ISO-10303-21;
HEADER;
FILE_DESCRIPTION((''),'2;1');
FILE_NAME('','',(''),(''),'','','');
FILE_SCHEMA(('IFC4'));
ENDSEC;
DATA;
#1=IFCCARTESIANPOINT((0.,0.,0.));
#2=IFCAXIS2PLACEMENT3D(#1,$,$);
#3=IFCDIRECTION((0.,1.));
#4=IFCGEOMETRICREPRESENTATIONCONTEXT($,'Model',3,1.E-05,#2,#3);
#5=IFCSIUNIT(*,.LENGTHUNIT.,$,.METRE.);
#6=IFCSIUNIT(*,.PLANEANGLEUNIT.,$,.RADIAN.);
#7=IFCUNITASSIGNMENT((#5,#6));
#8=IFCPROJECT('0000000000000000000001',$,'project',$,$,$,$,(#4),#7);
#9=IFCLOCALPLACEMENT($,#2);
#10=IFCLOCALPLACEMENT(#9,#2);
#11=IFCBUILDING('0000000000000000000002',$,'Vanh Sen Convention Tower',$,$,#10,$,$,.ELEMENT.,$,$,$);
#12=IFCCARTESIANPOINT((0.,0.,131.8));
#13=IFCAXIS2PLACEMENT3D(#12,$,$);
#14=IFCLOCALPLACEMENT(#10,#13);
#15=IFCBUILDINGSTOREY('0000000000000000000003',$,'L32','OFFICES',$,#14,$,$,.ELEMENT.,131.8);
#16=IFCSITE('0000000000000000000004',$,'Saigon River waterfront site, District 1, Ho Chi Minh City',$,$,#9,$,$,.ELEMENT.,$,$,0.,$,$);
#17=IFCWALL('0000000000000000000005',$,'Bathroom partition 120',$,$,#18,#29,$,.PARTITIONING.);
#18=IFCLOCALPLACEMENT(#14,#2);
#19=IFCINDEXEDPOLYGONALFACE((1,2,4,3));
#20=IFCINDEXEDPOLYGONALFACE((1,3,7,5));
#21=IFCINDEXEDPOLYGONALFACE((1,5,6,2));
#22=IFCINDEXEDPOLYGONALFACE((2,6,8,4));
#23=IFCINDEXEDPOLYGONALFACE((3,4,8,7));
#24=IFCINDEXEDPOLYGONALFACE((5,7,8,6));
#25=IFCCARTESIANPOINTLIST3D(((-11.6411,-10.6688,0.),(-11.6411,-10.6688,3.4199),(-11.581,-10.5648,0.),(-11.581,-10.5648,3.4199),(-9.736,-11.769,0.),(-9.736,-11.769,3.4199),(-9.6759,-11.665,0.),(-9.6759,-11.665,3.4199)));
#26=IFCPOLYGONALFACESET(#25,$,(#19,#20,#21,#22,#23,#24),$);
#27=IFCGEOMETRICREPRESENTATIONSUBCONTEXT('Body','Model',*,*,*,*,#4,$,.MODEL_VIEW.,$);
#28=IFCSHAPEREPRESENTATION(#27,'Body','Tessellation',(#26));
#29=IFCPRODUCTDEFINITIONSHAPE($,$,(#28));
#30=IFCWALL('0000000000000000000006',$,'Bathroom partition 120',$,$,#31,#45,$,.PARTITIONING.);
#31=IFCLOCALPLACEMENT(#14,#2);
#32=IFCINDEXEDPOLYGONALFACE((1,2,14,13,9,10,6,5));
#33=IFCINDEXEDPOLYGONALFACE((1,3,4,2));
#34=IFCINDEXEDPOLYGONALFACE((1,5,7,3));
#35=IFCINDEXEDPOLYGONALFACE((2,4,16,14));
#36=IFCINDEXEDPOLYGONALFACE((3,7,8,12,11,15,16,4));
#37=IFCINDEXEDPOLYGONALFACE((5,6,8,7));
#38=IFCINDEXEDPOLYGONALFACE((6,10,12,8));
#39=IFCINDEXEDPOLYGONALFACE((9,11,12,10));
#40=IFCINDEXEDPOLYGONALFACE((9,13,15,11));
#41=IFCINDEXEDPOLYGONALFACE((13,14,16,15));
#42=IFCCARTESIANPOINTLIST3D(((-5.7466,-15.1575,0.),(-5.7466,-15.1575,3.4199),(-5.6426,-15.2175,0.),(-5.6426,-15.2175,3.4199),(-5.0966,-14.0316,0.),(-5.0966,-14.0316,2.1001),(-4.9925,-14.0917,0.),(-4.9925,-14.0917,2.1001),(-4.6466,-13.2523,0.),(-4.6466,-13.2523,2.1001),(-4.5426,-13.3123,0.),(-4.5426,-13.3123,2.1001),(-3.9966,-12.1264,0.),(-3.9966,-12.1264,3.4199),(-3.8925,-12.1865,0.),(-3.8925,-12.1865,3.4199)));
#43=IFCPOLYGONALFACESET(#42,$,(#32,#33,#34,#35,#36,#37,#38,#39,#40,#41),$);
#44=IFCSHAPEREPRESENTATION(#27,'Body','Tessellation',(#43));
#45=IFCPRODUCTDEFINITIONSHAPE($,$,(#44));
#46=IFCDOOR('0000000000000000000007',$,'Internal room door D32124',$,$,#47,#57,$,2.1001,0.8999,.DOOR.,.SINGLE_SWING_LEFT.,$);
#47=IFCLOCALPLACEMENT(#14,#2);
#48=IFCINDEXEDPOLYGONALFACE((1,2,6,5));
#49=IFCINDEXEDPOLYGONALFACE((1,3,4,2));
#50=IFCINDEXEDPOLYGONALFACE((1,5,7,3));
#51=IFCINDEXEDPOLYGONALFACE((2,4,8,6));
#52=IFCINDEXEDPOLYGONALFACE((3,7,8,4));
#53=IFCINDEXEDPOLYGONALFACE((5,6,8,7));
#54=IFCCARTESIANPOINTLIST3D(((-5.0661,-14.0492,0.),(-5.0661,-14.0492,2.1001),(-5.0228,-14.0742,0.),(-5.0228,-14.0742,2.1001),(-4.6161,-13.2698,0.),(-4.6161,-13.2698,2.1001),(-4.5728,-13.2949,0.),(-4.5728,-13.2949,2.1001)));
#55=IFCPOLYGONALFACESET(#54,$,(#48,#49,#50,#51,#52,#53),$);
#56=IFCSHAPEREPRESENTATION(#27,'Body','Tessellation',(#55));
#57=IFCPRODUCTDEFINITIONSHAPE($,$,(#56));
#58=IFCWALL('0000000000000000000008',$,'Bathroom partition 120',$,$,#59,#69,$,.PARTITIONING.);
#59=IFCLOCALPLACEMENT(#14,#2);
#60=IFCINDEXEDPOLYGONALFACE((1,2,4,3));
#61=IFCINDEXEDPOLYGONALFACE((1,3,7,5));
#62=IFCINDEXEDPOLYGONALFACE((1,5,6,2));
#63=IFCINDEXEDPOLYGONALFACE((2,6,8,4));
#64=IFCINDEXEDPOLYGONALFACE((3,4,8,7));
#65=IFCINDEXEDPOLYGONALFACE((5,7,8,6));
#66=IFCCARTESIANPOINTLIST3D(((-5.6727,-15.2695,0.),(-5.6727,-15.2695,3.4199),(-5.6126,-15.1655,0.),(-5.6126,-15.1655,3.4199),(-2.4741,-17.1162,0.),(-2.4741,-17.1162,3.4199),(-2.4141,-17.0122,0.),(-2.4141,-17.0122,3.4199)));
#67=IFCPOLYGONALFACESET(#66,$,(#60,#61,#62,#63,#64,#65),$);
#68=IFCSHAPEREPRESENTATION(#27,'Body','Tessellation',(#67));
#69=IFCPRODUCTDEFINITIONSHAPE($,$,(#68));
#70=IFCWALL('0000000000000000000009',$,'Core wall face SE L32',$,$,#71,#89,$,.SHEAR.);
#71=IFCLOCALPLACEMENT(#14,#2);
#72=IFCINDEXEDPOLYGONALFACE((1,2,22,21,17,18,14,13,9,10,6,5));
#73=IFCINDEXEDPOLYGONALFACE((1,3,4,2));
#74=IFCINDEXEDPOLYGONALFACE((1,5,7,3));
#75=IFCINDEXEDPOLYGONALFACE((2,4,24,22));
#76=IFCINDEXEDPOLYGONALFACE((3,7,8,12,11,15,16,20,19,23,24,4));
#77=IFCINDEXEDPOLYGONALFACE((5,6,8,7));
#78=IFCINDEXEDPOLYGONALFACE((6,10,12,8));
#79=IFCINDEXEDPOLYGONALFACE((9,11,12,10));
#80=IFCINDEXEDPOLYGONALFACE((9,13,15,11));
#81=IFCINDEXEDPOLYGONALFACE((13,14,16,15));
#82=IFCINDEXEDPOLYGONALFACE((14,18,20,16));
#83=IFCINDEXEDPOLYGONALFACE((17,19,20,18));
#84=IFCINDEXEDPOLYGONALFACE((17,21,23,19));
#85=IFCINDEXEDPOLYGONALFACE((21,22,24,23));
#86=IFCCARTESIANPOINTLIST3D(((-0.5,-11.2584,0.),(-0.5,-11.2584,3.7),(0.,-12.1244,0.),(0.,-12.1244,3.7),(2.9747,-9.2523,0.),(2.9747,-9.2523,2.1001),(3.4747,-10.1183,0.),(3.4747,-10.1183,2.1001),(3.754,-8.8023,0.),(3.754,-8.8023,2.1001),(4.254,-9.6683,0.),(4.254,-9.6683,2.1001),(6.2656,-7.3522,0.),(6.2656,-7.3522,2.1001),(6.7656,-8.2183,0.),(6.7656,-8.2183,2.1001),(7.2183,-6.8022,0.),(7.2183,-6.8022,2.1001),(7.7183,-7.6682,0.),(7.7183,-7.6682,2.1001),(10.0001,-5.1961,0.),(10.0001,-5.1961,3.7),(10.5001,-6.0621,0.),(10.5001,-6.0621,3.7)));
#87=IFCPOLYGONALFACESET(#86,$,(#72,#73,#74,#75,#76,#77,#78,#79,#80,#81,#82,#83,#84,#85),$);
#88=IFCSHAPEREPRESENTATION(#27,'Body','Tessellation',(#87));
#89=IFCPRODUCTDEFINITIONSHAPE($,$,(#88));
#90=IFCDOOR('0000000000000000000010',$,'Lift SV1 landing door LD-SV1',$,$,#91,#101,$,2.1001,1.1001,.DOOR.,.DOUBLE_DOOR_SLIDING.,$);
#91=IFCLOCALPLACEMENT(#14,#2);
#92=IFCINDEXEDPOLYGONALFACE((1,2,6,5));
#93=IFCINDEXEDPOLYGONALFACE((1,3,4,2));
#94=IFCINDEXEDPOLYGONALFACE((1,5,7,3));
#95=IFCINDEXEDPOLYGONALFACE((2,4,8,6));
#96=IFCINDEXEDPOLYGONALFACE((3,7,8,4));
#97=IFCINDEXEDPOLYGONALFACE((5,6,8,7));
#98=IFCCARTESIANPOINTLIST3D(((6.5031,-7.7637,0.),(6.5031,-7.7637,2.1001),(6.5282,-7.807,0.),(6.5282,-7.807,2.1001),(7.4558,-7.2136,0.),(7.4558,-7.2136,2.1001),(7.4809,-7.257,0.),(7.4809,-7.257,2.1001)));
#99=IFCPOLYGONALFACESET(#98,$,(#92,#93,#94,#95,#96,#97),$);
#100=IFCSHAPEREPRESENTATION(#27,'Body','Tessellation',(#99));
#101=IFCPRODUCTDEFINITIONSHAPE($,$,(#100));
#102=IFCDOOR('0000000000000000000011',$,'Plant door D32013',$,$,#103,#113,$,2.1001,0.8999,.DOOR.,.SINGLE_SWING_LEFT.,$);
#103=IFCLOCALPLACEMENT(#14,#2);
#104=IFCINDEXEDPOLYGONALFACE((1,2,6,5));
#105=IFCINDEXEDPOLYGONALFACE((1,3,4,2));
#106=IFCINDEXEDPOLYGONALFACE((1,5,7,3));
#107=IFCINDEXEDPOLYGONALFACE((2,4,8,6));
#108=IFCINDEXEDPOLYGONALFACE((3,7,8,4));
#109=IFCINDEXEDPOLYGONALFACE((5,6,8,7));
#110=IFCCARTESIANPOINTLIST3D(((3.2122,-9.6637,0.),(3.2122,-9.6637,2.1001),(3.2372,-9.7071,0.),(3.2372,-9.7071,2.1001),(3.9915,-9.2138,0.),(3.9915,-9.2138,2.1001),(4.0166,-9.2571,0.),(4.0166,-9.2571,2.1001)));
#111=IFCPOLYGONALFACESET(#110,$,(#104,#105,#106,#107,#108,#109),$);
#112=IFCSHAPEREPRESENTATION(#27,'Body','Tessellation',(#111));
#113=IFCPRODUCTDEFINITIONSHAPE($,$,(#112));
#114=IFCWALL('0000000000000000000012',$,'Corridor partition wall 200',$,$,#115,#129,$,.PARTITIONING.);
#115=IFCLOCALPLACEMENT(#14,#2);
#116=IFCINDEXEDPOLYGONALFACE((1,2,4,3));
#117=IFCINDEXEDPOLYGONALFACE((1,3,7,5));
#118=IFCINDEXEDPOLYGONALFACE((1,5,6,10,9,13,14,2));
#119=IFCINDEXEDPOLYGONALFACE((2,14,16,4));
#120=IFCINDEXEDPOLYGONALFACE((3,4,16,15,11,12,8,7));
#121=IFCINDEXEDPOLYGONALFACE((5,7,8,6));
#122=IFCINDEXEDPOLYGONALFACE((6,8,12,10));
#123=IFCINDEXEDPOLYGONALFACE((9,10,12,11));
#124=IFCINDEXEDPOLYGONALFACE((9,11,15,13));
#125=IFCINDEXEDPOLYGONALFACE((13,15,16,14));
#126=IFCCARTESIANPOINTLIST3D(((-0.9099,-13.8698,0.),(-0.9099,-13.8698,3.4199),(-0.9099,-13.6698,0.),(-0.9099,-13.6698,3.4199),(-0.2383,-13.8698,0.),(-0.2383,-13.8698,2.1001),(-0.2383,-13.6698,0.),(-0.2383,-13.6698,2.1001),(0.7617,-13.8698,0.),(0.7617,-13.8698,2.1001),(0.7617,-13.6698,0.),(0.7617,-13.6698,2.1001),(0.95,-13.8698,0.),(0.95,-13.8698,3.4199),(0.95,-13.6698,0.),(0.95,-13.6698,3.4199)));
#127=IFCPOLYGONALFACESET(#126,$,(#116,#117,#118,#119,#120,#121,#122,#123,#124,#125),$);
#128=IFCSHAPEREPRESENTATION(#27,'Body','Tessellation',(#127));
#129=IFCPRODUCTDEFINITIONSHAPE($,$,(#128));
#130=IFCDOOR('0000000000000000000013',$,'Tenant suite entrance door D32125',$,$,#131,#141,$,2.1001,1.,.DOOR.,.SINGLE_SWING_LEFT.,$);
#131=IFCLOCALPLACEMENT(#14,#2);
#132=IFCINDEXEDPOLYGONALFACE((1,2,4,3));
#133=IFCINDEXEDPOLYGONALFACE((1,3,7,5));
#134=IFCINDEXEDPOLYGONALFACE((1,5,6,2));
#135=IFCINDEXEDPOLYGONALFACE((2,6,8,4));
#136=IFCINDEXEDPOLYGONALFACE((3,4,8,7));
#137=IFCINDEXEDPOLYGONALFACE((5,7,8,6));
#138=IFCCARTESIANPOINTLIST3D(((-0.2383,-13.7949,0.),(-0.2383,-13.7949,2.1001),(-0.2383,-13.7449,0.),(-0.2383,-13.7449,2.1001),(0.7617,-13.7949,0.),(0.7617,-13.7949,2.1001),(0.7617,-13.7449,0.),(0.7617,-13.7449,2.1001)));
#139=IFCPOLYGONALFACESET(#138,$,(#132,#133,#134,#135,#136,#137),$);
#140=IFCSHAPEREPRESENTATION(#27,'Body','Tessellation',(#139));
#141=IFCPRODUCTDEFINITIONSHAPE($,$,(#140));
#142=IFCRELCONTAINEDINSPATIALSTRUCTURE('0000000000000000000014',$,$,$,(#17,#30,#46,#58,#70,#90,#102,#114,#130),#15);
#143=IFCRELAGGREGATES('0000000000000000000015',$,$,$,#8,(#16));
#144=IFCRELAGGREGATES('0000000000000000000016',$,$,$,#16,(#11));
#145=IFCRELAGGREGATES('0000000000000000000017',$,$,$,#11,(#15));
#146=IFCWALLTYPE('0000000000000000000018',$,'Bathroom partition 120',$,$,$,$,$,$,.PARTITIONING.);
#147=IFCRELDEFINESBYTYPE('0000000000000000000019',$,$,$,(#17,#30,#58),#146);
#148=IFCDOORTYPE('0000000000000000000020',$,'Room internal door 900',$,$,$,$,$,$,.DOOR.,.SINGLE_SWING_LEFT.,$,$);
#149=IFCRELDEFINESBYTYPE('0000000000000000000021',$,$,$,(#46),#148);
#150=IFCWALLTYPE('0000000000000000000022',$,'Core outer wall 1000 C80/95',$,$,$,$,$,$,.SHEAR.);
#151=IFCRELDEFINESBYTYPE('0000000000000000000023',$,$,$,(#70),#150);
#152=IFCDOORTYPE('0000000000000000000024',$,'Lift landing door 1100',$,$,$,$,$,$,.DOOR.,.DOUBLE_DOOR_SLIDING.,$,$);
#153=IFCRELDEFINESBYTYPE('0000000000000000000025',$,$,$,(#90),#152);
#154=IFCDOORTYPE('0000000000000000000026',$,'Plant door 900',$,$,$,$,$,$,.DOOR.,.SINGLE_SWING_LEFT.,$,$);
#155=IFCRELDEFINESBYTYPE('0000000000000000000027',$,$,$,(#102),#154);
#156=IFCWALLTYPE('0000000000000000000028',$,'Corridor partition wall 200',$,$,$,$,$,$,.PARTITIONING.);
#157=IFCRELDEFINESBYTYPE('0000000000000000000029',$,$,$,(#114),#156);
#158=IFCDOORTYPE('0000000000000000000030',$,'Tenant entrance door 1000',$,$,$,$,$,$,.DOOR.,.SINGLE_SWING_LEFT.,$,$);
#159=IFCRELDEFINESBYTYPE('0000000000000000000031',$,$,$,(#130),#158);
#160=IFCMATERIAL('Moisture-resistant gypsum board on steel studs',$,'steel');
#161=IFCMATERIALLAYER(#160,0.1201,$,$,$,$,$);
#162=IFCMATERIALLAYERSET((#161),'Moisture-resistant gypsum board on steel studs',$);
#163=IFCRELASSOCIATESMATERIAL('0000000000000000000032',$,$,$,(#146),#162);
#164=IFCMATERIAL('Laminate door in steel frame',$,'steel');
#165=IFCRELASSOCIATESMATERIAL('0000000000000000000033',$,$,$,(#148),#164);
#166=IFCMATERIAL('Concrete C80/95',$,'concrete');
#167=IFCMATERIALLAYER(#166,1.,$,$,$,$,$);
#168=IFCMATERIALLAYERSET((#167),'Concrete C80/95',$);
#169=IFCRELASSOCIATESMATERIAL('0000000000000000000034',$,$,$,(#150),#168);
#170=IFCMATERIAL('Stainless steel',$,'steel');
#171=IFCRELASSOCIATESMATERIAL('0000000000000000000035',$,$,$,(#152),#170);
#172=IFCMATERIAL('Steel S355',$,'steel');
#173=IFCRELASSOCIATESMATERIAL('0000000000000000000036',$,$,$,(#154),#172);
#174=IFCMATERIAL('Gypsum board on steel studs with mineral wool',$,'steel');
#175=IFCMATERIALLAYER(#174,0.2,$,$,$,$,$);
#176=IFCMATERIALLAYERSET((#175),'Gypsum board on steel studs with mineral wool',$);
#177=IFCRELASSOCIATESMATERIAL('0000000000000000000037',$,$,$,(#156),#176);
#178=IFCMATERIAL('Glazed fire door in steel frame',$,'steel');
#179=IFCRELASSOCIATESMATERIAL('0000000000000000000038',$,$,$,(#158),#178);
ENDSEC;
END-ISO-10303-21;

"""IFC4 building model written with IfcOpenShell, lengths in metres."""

from ifc_helpers import new_model, si_unit, direction, frame, frame_2d, origin, place, context, subcontext, project, spatial, rectangle, extrude, material, layer, layer_set, type_object, element, fill, save


model = new_model("IFC4")

# Units and contexts
model_context = context("Model", 3, precision=1e-05, world=origin(), true_north=direction((0.0, 1.0)))
body_context = subcontext(model_context, "Body", "Model", "MODEL_VIEW")
ifc_project = project(units=[si_unit("LENGTHUNIT", "METRE"), si_unit("PLANEANGLEUNIT", "RADIAN")], contexts=[model_context])

# Site, building, storey
site_placement = place(None, origin())
site = spatial("IfcSite", under=ifc_project, at=site_placement, Name="Saigon River waterfront site, District 1, Ho Chi Minh City", CompositionType="ELEMENT", RefElevation=0.0)
building_placement = place(site_placement, origin())
building = spatial("IfcBuilding", under=site, at=building_placement, Name="Vanh Sen Convention Tower", CompositionType="ELEMENT")
storey_placement = place(building_placement, frame((0.0, 0.0, 131.8)))
storey = spatial("IfcBuildingStorey", under=building, at=storey_placement, Name="L32", Description="OFFICES", CompositionType="ELEMENT", Elevation=131.8)

# Shared definitions
ifc_material_1 = material(Name="Concrete C80/95", Category="concrete")

# Wall
ifc_material_2 = material(Name="Moisture-resistant gypsum board on steel studs", Category="steel")
ifc_layer_1 = layer(ifc_material_2, 0.1201)
ifc_layer_set_1 = layer_set([ifc_layer_1], Name="Moisture-resistant gypsum board on steel studs")
wall_type_1 = type_object("IfcWallType", Name="Bathroom partition 120", PredefinedType="PARTITIONING", material=ifc_layer_set_1)
wall_1_placement = place(storey_placement, frame((-9.7058, -11.717, 0.0), z_axis=(0.0, 0.0, 1.0), x_axis=(-0.86598, 0.500078, 0.0)))
element("IfcWall", 1, at=wall_1_placement, inside=storey, type_object=wall_type_1, Name="Bathroom partition 120", PredefinedType="PARTITIONING", context=body_context, shape_type="SweptSolid", body=[
    extrude(rectangle(XDim=2.2, YDim=0.1201, at=frame_2d((1.1001, 0.0))), origin(), (0.0, 0.0, 1.0), 3.4199),
])

# Wall, opening, door
wall_2_placement = place(storey_placement, frame((-5.6946, -15.1875, 0.0), z_axis=(0.0, 0.0, 1.0), x_axis=(0.50001, 0.866019, 0.0)))
wall_2 = element("IfcWall", 2, at=wall_2_placement, inside=storey, type_object=wall_type_1, Name="Bathroom partition 120", PredefinedType="PARTITIONING", context=body_context, shape_type="SweptSolid", body=[
    extrude(rectangle(XDim=3.5, YDim=0.1201, at=frame_2d((1.75, 0.0))), origin(), (0.0, 0.0, 1.0), 3.4199),
])
opening_1_placement = place(wall_2_placement, frame((1.3, 0.0, 0.0)))
opening_1 = element("IfcOpeningElement", 3, at=opening_1_placement, cuts=wall_2, PredefinedType="OPENING", context=body_context, shape_type="SweptSolid", body=[
    extrude(rectangle(XDim=0.8999, YDim=2.1001, at=frame_2d((0.45, 1.05))), frame((0.0, 0.0701, 0.0), z_axis=(0.0, -1.0, 0.0), x_axis=(1.0, 0.0, 0.0)), (0.0, 0.0, 1.0), 0.1401),
])
ifc_material_3 = material(Name="Laminate door in steel frame", Category="steel")
door_type_1 = type_object("IfcDoorType", Name="Room internal door 900", OperationType="SINGLE_SWING_LEFT", PredefinedType="DOOR", material=ifc_material_3)
door_1_placement = place(opening_1_placement, origin())
door_1 = element("IfcDoor", 4, at=door_1_placement, inside=storey, type_object=door_type_1, Name="Internal room door D32124", OperationType="SINGLE_SWING_LEFT", OverallHeight=2.1001, OverallWidth=0.8999, PredefinedType="DOOR", context=body_context, shape_type="SweptSolid", body=[
    extrude(rectangle(XDim=0.8999, YDim=2.1001, at=frame_2d((0.45, 1.05))), frame((0.0, 0.0249, 0.0), z_axis=(0.0, -1.0, 0.0), x_axis=(1.0, 0.0, 0.0)), (0.0, 0.0, 1.0), 0.05),
])
fill(opening_1, door_1)

# Wall
wall_3_placement = place(storey_placement, frame((-2.4441, -17.0642, 0.0), z_axis=(0.0, 0.0, 1.0), x_axis=(-0.866022, 0.500007, 0.0)))
element("IfcWall", 5, at=wall_3_placement, inside=storey, type_object=wall_type_1, Name="Bathroom partition 120", PredefinedType="PARTITIONING", context=body_context, shape_type="SweptSolid", body=[
    extrude(rectangle(XDim=3.6934, YDim=0.1201, at=frame_2d((1.8467, 0.0))), origin(), (0.0, 0.0, 1.0), 3.4199),
])

# Wall, openings, doors
ifc_layer_2 = layer(ifc_material_1, 1.0)
ifc_layer_set_2 = layer_set([ifc_layer_2], Name="Concrete C80/95")
wall_type_2 = type_object("IfcWallType", Name="Core outer wall 1000 C80/95", PredefinedType="SHEAR", material=ifc_layer_set_2)
wall_4_placement = place(storey_placement, frame((-0.25, -11.6914, 0.0), z_axis=(0.0, 0.0, 1.0), x_axis=(0.866023, 0.500005, 0.0)))
wall_4 = element("IfcWall", 6, at=wall_4_placement, inside=storey, type_object=wall_type_2, Name="Core wall face SE L32", PredefinedType="SHEAR", context=body_context, shape_type="SweptSolid", body=[
    extrude(rectangle(XDim=12.1245, YDim=1.0, at=frame_2d((6.0623, 0.0))), origin(), (0.0, 0.0, 1.0), 3.7),
])
opening_2_placement = place(wall_4_placement, frame((4.0122, 0.0, 0.0)))
opening_2 = element("IfcOpeningElement", 7, at=opening_2_placement, cuts=wall_4, PredefinedType="OPENING", context=body_context, shape_type="SweptSolid", body=[
    extrude(rectangle(XDim=0.8999, YDim=2.1001, at=frame_2d((0.45, 1.05))), frame((0.0, 0.51, 0.0), z_axis=(0.0, -1.0, 0.0), x_axis=(1.0, 0.0, 0.0)), (0.0, 0.0, 1.0), 1.02),
])
opening_3_placement = place(wall_4_placement, frame((7.8123, 0.0, 0.0)))
opening_3 = element("IfcOpeningElement", 8, at=opening_3_placement, cuts=wall_4, PredefinedType="OPENING", context=body_context, shape_type="SweptSolid", body=[
    extrude(rectangle(XDim=1.1001, YDim=2.1001, at=frame_2d((0.55, 1.05))), frame((0.0, 0.51, 0.0), z_axis=(0.0, -1.0, 0.0), x_axis=(1.0, 0.0, 0.0)), (0.0, 0.0, 1.0), 1.02),
])
ifc_material_4 = material(Name="Stainless steel", Category="steel")
door_type_2 = type_object("IfcDoorType", Name="Lift landing door 1100", OperationType="DOUBLE_DOOR_SLIDING", PredefinedType="DOOR", material=ifc_material_4)
door_2_placement = place(opening_3_placement, origin())
door_2 = element("IfcDoor", 9, at=door_2_placement, inside=storey, type_object=door_type_2, Name="Lift SV1 landing door LD-SV1", OperationType="DOUBLE_DOOR_SLIDING", OverallHeight=2.1001, OverallWidth=1.1001, PredefinedType="DOOR", context=body_context, shape_type="SweptSolid", body=[
    extrude(rectangle(XDim=1.1001, YDim=2.1001, at=frame_2d((0.55, 1.05))), frame((0.0, 0.0249, 0.0), z_axis=(0.0, -1.0, 0.0), x_axis=(1.0, 0.0, 0.0)), (0.0, 0.0, 1.0), 0.05),
])
fill(opening_3, door_2)
ifc_material_5 = material(Name="Steel S355", Category="steel")
door_type_3 = type_object("IfcDoorType", Name="Plant door 900", OperationType="SINGLE_SWING_LEFT", PredefinedType="DOOR", material=ifc_material_5)
door_3_placement = place(opening_2_placement, origin())
door_3 = element("IfcDoor", 10, at=door_3_placement, inside=storey, type_object=door_type_3, Name="Plant door D32013", OperationType="SINGLE_SWING_LEFT", OverallHeight=2.1001, OverallWidth=0.8999, PredefinedType="DOOR", context=body_context, shape_type="SweptSolid", body=[
    extrude(rectangle(XDim=0.8999, YDim=2.1001, at=frame_2d((0.45, 1.05))), frame((0.0, 0.0249, 0.0), z_axis=(0.0, -1.0, 0.0), x_axis=(1.0, 0.0, 0.0)), (0.0, 0.0, 1.0), 0.05),
])
fill(opening_2, door_3)

# Wall, opening, door
ifc_material_6 = material(Name="Gypsum board on steel studs with mineral wool", Category="steel")
ifc_layer_3 = layer(ifc_material_6, 0.2)
ifc_layer_set_3 = layer_set([ifc_layer_3], Name="Gypsum board on steel studs with mineral wool")
wall_type_3 = type_object("IfcWallType", Name="Corridor partition wall 200", PredefinedType="PARTITIONING", material=ifc_layer_set_3)
wall_5_placement = place(storey_placement, frame((-0.9099, -13.7698, 0.0), z_axis=(0.0, 0.0, 1.0), x_axis=(1.0, 0.0, 0.0)))
wall_5 = element("IfcWall", 11, at=wall_5_placement, inside=storey, type_object=wall_type_3, Name="Corridor partition wall 200", PredefinedType="PARTITIONING", context=body_context, shape_type="SweptSolid", body=[
    extrude(rectangle(XDim=1.8599, YDim=0.2, at=frame_2d((0.9299, 0.0))), origin(), (0.0, 0.0, 1.0), 3.4199),
])
opening_4_placement = place(wall_5_placement, frame((0.6716, 0.0, 0.0)))
opening_4 = element("IfcOpeningElement", 12, at=opening_4_placement, cuts=wall_5, PredefinedType="OPENING", context=body_context, shape_type="SweptSolid", body=[
    extrude(rectangle(XDim=1.0, YDim=2.1001, at=frame_2d((0.5, 1.05))), frame((0.0, 0.1099, 0.0), z_axis=(0.0, -1.0, 0.0), x_axis=(1.0, 0.0, 0.0)), (0.0, 0.0, 1.0), 0.22),
])
ifc_material_7 = material(Name="Glazed fire door in steel frame", Category="steel")
door_type_4 = type_object("IfcDoorType", Name="Tenant entrance door 1000", OperationType="SINGLE_SWING_LEFT", PredefinedType="DOOR", material=ifc_material_7)
door_4_placement = place(opening_4_placement, origin())
door_4 = element("IfcDoor", 13, at=door_4_placement, inside=storey, type_object=door_type_4, Name="Tenant suite entrance door D32125", OperationType="SINGLE_SWING_LEFT", OverallHeight=2.1001, OverallWidth=1.0, PredefinedType="DOOR", context=body_context, shape_type="SweptSolid", body=[
    extrude(rectangle(XDim=1.0, YDim=2.1001, at=frame_2d((0.5, 1.05))), frame((0.0, 0.0249, 0.0), z_axis=(0.0, -1.0, 0.0), x_axis=(1.0, 0.0, 0.0)), (0.0, 0.0, 1.0), 0.05),
])
fill(opening_4, door_4)

save(model, "model.ifc")
